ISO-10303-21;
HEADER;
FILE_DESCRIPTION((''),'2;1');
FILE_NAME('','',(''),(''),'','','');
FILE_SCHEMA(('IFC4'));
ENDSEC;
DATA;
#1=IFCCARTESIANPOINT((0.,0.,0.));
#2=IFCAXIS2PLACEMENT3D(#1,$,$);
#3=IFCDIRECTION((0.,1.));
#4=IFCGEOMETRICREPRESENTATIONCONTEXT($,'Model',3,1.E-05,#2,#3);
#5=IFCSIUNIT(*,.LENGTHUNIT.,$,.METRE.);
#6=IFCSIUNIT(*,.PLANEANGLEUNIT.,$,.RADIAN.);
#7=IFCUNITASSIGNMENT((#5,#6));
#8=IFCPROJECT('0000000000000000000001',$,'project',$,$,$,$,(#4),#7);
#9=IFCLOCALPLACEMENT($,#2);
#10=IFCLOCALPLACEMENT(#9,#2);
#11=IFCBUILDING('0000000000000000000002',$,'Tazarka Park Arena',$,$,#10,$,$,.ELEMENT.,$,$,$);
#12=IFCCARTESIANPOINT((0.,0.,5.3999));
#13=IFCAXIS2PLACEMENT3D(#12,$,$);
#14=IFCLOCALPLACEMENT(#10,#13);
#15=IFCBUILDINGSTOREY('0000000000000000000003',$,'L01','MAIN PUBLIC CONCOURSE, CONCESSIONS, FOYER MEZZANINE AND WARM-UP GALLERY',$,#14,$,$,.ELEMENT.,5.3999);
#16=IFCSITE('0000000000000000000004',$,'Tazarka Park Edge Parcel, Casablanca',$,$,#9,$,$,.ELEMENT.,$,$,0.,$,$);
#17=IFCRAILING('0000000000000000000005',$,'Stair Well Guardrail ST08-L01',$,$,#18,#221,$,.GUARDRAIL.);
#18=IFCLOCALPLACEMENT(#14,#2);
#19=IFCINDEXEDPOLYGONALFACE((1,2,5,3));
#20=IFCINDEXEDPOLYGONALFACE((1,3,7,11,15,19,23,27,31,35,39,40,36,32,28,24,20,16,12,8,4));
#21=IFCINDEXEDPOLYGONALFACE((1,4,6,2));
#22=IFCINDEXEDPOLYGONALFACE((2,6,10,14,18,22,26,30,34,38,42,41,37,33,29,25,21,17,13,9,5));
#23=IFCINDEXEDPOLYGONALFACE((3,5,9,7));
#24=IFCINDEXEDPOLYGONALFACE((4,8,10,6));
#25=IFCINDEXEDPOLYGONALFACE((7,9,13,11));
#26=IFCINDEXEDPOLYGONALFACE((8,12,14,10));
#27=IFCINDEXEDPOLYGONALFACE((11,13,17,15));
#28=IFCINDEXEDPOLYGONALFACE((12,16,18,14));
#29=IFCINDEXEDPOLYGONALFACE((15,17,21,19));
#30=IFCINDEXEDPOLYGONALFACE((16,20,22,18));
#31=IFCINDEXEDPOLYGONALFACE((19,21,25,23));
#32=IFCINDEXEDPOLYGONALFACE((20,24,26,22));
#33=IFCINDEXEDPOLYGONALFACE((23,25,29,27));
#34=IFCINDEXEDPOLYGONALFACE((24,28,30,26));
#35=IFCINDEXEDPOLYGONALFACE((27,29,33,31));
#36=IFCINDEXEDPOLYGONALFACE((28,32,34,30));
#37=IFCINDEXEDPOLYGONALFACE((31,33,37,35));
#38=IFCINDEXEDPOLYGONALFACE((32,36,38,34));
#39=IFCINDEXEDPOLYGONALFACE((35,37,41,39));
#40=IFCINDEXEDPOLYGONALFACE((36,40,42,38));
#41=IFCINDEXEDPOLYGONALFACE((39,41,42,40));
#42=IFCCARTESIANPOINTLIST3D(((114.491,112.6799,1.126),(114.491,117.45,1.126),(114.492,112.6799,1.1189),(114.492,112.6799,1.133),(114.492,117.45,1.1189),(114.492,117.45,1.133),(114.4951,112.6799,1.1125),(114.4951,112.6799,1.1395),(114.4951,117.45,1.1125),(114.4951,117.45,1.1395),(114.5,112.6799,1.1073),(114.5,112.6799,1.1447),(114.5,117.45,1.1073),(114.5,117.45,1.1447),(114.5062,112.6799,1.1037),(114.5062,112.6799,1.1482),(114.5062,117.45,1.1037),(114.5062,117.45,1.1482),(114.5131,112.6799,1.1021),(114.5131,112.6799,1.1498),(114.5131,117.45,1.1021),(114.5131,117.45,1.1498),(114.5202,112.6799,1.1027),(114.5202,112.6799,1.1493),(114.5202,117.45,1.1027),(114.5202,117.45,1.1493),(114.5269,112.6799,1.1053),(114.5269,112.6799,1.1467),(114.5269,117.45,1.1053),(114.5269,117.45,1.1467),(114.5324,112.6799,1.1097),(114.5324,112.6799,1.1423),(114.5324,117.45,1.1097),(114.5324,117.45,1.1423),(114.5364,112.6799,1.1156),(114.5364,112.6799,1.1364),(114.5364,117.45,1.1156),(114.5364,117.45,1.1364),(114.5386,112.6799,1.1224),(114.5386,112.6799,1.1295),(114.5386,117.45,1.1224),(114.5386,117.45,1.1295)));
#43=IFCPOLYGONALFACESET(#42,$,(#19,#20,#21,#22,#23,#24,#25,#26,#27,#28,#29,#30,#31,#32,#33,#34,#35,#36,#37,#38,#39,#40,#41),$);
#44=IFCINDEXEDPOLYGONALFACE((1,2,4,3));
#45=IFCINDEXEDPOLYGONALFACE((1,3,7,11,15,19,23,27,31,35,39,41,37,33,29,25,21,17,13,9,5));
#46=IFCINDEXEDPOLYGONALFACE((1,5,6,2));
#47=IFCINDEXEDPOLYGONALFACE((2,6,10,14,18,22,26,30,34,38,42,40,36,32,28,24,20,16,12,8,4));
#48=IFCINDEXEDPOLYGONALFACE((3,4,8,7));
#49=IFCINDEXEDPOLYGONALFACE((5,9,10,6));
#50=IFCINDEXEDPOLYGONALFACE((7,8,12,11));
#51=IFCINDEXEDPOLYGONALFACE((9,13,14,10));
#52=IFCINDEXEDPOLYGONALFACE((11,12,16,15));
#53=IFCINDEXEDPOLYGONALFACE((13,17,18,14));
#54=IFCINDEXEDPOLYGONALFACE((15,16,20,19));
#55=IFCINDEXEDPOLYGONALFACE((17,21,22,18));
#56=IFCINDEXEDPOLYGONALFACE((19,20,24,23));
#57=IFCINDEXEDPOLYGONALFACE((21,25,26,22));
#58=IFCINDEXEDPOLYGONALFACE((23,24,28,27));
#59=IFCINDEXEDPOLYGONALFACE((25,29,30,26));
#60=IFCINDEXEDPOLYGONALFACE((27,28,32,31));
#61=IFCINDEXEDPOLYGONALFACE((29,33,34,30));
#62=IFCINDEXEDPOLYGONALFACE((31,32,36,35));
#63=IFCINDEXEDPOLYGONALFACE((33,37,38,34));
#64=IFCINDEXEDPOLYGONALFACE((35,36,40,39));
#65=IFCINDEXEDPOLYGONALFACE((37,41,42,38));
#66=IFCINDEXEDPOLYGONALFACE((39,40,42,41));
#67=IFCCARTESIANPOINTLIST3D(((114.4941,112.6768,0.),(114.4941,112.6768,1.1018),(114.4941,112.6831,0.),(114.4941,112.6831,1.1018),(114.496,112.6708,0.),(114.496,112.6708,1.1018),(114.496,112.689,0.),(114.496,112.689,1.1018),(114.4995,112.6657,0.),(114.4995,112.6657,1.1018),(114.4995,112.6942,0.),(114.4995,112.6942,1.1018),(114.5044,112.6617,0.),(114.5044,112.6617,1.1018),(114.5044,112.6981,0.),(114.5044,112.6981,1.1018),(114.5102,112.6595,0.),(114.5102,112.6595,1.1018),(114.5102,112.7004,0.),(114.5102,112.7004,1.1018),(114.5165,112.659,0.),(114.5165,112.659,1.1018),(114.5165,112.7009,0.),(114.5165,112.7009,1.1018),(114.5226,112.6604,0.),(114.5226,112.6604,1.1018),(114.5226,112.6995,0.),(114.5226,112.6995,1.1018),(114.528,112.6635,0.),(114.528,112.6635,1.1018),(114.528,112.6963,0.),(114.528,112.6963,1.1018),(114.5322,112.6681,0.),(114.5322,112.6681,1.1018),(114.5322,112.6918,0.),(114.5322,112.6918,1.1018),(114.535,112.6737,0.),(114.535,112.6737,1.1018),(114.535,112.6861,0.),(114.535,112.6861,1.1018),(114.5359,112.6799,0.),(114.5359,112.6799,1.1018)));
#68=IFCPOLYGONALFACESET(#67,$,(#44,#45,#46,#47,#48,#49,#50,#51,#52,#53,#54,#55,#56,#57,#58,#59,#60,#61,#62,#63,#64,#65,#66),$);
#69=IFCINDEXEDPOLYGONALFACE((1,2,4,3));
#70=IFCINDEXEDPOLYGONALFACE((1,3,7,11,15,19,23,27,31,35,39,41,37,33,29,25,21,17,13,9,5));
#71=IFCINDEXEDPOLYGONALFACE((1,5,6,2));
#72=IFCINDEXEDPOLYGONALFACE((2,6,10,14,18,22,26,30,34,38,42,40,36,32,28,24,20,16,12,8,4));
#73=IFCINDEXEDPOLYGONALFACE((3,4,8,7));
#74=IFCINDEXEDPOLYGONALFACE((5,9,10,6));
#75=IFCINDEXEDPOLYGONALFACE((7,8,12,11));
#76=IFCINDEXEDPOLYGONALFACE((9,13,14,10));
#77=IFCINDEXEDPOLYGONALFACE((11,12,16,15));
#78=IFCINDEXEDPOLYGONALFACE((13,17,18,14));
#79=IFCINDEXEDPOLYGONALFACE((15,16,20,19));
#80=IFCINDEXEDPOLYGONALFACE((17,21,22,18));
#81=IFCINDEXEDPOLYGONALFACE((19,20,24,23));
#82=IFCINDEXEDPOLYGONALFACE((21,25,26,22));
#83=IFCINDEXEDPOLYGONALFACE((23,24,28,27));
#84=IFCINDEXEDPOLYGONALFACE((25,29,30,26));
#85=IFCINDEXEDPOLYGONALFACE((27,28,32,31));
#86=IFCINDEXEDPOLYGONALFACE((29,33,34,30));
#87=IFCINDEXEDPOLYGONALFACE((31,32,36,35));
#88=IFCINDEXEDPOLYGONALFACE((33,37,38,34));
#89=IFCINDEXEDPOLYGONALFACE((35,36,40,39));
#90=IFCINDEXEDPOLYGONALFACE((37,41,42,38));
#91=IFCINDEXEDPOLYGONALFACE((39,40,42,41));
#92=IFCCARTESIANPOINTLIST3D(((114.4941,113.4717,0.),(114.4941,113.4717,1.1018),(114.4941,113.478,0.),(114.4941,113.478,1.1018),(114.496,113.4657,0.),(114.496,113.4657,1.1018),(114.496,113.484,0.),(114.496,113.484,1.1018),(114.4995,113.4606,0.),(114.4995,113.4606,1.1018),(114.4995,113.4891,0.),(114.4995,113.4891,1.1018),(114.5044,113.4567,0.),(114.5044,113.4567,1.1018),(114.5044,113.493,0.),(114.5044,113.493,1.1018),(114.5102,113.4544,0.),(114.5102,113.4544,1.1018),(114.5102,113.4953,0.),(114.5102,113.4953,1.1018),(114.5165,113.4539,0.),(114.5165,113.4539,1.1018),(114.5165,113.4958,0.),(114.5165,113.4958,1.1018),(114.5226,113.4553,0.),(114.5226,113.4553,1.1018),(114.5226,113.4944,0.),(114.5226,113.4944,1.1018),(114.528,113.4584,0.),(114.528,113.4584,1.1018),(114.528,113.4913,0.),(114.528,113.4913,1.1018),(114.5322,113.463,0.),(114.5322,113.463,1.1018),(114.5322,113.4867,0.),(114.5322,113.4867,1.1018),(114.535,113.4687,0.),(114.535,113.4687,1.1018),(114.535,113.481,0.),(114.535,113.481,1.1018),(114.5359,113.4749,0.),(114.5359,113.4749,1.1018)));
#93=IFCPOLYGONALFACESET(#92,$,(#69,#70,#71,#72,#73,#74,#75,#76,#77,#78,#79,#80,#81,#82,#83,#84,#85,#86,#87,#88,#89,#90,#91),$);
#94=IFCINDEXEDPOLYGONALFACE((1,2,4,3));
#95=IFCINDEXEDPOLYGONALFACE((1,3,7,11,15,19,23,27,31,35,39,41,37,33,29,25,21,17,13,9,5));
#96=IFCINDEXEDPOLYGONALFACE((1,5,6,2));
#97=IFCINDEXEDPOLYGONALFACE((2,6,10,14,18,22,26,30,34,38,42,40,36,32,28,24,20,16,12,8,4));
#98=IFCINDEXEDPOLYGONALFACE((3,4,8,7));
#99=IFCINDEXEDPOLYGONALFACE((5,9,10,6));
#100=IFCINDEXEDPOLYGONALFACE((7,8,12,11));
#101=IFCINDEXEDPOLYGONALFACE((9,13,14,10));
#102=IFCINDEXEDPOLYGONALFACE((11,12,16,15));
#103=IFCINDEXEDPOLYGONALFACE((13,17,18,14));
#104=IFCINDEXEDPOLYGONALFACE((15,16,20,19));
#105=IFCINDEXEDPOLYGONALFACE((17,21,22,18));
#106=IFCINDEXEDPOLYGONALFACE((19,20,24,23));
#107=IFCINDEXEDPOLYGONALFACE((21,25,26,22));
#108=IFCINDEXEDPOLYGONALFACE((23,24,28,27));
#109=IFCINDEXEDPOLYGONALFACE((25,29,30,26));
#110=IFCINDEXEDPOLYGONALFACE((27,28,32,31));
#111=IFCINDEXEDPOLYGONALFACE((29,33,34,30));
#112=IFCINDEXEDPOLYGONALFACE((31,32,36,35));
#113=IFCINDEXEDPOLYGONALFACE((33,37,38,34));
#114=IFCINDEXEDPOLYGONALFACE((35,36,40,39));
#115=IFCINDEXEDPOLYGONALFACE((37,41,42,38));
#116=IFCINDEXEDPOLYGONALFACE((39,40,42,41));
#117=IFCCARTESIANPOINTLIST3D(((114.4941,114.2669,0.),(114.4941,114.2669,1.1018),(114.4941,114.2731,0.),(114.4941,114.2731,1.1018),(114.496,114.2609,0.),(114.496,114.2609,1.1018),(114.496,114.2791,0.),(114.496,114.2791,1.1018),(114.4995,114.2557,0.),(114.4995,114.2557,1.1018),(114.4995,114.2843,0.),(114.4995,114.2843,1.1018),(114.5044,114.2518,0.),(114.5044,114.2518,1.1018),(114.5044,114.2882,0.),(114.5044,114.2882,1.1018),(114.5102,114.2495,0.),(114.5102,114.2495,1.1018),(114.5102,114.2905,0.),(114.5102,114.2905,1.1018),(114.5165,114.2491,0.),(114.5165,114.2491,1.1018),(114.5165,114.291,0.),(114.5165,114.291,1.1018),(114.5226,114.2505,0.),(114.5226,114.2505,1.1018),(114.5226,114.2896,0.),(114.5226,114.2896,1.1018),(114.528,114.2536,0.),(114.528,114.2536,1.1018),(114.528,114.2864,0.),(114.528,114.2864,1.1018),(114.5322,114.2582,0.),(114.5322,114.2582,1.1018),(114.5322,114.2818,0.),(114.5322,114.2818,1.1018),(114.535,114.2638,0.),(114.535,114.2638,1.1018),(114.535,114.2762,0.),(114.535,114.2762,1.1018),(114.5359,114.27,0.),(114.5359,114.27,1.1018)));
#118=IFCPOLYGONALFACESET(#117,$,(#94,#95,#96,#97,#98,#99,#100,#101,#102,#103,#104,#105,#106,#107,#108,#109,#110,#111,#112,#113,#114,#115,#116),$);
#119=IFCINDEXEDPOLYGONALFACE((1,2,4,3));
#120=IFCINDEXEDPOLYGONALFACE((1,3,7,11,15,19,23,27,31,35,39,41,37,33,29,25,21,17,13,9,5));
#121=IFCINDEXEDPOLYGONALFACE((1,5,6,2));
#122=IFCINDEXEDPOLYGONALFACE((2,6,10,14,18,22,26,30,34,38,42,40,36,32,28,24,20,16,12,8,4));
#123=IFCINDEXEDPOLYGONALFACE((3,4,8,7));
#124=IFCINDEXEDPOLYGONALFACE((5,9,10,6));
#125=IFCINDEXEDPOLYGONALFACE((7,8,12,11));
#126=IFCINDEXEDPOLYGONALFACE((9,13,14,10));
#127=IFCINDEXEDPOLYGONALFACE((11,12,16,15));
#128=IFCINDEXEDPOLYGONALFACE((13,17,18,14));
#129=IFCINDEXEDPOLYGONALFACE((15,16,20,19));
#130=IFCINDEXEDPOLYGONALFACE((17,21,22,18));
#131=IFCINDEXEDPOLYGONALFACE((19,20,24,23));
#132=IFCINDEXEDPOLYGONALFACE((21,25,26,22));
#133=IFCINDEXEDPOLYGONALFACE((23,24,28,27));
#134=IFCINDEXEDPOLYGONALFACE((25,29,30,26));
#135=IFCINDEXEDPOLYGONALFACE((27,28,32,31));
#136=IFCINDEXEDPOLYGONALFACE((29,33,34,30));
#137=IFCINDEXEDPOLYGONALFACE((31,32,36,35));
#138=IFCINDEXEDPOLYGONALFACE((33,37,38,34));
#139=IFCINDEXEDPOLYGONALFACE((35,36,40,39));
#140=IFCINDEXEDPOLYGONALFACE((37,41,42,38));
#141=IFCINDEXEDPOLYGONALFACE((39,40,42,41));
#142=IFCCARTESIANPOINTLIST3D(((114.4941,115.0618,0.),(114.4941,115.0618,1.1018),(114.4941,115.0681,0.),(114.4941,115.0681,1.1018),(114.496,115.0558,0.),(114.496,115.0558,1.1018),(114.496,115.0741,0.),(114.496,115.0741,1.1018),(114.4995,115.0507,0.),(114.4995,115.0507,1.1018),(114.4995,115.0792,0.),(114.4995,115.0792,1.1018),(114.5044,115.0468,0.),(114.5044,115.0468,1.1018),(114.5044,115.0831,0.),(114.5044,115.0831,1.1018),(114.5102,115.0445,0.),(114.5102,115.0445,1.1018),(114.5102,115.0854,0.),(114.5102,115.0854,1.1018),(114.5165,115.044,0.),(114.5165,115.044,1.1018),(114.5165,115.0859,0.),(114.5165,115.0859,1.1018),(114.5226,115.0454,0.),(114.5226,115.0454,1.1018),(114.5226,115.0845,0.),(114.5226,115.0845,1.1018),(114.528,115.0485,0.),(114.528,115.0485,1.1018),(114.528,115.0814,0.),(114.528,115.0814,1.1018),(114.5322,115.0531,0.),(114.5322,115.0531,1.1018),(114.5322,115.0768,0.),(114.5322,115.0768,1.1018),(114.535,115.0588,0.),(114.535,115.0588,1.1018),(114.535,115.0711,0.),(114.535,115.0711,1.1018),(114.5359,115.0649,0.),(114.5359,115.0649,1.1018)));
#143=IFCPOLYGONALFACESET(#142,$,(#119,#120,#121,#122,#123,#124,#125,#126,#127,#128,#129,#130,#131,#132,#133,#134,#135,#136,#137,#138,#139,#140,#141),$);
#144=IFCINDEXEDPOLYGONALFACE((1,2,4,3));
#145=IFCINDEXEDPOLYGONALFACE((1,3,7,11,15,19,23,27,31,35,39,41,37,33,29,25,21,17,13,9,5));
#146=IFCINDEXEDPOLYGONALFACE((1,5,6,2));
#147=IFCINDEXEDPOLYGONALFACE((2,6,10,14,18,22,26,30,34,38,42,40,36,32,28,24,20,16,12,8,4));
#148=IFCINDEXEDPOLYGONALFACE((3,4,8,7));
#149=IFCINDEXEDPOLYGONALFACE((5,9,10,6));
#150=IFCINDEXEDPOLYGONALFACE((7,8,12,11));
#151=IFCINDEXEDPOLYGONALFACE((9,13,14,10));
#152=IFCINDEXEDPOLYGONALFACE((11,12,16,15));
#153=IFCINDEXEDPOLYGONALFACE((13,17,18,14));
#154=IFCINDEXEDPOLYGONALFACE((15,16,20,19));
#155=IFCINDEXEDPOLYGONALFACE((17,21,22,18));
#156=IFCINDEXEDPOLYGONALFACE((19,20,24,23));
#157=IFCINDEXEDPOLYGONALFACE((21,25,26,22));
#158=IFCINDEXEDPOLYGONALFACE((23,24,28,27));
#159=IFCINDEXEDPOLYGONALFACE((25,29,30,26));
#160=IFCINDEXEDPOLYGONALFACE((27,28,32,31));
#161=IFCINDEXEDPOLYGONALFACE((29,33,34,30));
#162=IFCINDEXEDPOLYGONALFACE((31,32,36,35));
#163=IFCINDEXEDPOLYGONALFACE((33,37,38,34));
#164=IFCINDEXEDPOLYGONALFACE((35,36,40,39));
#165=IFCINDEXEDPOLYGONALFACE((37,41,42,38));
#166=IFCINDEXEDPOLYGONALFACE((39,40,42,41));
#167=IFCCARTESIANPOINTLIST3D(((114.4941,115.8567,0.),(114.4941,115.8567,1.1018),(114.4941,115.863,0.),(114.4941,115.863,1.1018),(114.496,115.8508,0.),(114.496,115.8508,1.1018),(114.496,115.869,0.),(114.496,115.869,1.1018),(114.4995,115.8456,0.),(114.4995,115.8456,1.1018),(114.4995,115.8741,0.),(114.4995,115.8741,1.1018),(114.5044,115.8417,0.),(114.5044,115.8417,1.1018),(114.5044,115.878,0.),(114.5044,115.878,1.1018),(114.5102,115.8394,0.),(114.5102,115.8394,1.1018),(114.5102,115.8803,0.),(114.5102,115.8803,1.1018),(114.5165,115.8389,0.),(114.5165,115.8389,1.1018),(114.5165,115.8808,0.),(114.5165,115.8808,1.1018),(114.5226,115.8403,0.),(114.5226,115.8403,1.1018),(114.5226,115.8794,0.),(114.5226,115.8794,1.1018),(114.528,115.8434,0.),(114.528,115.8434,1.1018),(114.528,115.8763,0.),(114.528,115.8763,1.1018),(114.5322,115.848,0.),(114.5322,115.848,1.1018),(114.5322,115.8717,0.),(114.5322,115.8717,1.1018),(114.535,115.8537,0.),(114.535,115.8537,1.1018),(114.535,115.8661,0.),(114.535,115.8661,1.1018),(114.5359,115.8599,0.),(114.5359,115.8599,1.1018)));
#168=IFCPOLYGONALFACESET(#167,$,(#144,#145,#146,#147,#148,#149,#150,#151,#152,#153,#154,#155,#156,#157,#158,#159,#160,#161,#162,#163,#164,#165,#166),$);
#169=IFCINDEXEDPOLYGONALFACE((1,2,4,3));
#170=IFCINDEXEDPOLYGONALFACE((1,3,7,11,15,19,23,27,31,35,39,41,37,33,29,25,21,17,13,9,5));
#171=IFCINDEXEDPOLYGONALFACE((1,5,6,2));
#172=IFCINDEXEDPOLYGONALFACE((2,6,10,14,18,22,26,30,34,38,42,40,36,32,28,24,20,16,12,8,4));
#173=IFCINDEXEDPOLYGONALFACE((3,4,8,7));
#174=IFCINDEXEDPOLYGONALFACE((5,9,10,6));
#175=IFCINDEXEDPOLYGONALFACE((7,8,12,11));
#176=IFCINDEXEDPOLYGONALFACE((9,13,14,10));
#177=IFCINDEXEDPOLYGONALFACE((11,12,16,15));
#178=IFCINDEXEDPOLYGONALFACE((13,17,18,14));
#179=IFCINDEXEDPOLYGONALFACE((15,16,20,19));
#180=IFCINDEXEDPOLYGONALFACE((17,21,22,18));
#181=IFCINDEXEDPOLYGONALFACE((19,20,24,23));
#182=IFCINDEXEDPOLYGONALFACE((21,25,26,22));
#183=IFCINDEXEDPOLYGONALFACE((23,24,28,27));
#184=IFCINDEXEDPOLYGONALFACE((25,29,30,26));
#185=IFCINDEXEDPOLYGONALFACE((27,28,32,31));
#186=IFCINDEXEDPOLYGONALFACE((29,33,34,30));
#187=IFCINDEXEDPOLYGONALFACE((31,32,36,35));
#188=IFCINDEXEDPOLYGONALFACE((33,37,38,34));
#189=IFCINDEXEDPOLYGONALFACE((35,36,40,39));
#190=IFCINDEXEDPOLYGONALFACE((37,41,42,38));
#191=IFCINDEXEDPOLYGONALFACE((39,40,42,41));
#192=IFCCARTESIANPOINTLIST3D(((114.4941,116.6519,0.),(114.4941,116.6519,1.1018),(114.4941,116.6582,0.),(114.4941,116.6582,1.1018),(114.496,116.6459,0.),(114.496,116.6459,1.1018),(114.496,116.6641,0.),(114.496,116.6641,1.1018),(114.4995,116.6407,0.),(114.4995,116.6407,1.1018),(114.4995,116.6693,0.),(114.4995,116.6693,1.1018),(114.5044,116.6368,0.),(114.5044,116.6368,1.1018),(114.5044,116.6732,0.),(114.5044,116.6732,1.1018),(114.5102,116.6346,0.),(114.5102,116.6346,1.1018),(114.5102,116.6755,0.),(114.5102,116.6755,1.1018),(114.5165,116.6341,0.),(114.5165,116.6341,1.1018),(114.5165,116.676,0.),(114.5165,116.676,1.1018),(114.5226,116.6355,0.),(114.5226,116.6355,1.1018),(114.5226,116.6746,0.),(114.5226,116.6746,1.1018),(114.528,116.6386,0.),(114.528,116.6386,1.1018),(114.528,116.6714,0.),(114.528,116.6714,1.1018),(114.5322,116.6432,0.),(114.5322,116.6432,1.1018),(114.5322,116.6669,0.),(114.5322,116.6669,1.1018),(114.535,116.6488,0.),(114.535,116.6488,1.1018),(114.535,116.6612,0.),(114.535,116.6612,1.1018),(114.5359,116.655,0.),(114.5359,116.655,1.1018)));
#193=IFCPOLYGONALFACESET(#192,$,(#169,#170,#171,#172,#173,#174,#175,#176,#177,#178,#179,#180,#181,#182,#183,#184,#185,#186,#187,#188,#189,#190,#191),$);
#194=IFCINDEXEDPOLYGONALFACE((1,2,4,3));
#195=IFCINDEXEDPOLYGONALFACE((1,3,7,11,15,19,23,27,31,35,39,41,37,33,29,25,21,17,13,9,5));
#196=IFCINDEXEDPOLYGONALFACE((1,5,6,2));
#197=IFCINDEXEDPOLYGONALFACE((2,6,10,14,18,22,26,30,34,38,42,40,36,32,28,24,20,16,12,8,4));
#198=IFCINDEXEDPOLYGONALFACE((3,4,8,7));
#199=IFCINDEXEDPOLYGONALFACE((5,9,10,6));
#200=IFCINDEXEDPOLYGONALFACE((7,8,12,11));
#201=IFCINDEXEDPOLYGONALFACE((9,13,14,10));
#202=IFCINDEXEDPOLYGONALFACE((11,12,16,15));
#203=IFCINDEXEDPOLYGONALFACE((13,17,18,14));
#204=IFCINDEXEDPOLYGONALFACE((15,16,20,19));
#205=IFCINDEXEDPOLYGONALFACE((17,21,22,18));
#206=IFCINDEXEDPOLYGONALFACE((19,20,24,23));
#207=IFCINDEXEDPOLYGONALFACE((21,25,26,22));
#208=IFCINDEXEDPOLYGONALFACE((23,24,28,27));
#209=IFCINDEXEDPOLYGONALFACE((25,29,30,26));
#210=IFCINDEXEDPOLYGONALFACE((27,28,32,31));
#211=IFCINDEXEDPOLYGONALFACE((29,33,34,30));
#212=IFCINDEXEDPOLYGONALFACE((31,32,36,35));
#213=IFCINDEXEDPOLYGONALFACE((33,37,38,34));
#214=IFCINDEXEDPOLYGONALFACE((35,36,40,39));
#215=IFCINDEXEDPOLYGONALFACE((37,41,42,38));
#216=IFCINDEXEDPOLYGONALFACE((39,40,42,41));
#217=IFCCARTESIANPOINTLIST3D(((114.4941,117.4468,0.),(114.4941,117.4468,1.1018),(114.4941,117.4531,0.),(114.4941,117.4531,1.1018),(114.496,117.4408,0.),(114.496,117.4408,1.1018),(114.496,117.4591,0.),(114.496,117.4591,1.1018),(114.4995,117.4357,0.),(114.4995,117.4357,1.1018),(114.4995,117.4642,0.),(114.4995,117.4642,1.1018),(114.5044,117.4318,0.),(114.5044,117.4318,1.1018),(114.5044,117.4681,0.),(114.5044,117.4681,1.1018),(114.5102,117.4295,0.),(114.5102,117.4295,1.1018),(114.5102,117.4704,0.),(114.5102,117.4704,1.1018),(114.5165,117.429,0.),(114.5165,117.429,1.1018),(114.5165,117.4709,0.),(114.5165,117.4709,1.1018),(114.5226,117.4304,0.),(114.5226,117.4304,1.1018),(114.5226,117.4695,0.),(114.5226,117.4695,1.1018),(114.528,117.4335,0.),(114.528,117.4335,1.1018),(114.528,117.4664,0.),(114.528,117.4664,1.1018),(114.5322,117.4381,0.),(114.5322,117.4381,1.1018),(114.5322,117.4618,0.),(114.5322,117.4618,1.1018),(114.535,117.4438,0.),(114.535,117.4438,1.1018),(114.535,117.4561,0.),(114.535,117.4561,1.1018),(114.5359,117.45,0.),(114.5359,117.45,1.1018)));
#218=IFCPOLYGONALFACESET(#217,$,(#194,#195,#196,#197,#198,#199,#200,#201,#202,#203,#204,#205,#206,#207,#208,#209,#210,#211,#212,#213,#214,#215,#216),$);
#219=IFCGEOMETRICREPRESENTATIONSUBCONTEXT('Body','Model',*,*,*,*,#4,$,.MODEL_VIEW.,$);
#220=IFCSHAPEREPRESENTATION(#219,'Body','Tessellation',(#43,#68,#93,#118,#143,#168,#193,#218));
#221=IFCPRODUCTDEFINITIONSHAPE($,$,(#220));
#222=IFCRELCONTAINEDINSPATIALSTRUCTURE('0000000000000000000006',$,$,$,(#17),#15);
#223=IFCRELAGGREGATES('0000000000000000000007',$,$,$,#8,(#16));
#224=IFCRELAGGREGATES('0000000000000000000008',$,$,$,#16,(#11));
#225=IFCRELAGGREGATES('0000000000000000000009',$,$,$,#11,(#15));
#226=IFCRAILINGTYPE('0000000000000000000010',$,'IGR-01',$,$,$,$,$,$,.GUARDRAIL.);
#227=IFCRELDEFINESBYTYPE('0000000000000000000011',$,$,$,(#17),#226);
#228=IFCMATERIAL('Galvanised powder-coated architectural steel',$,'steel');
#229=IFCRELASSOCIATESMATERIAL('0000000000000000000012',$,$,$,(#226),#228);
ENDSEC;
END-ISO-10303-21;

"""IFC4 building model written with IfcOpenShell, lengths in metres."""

from ifc_helpers import new_model, si_unit, direction, frame, origin, origin_2d, place, context, subcontext, project, spatial, circle, extrude, material, type_object, element, save


model = new_model("IFC4")

# Units and contexts
model_context = context("Model", 3, precision=1e-05, world=origin(), true_north=direction((0.0, 1.0)))
body_context = subcontext(model_context, "Body", "Model", "MODEL_VIEW")
ifc_project = project(units=[si_unit("LENGTHUNIT", "METRE"), si_unit("PLANEANGLEUNIT", "RADIAN")], contexts=[model_context])

# Site, building, storey
site_placement = place(None, origin())
site = spatial("IfcSite", under=ifc_project, at=site_placement, Name="Tazarka Park Edge Parcel, Casablanca", CompositionType="ELEMENT", RefElevation=0.0)
building_placement = place(site_placement, origin())
building = spatial("IfcBuilding", under=site, at=building_placement, Name="Tazarka Park Arena", CompositionType="ELEMENT")
storey_placement = place(building_placement, frame((0.0, 0.0, 5.3999)))
storey = spatial("IfcBuildingStorey", under=building, at=storey_placement, Name="L01", Description="MAIN PUBLIC CONCOURSE, CONCESSIONS, FOYER MEZZANINE AND WARM-UP GALLERY", CompositionType="ELEMENT", Elevation=5.3999)

# Railing
ifc_material_1 = material(Name="Galvanised powder-coated architectural steel", Category="steel")
railing_type = type_object("IfcRailingType", Name="IGR-01", PredefinedType="GUARDRAIL", material=ifc_material_1)
railing_placement = place(storey_placement, frame((114.5149, 112.6799, 0.0)))
element("IfcRailing", 1, at=railing_placement, inside=storey, type_object=railing_type, Name="Stair Well Guardrail ST08-L01", PredefinedType="GUARDRAIL", context=body_context, shape_type="SweptSolid", body=[
    extrude(circle(Radius=0.0239, at=origin_2d()), frame((0.0, 0.0, 1.126), z_axis=(0.0, 1.0, 0.0), x_axis=(-1.0, 0.0, 0.0)), (0.0, 0.0, 1.0), 4.77),
    extrude(circle(Radius=0.021, at=origin_2d()), origin(), (0.0, 0.0, 1.0), 1.1018),
    extrude(circle(Radius=0.021, at=origin_2d()), frame((0.0, 0.7949, 0.0)), (0.0, 0.0, 1.0), 1.1018),
    extrude(circle(Radius=0.021, at=origin_2d()), frame((0.0, 1.5901, 0.0)), (0.0, 0.0, 1.0), 1.1018),
    extrude(circle(Radius=0.021, at=origin_2d()), frame((0.0, 2.385, 0.0)), (0.0, 0.0, 1.0), 1.1018),
    extrude(circle(Radius=0.021, at=origin_2d()), frame((0.0, 3.1799, 0.0)), (0.0, 0.0, 1.0), 1.1018),
    extrude(circle(Radius=0.021, at=origin_2d()), frame((0.0, 3.9751, 0.0)), (0.0, 0.0, 1.0), 1.1018),
    extrude(circle(Radius=0.021, at=origin_2d()), frame((0.0, 4.77, 0.0)), (0.0, 0.0, 1.0), 1.1018),
])

save(model, "model.ifc")
